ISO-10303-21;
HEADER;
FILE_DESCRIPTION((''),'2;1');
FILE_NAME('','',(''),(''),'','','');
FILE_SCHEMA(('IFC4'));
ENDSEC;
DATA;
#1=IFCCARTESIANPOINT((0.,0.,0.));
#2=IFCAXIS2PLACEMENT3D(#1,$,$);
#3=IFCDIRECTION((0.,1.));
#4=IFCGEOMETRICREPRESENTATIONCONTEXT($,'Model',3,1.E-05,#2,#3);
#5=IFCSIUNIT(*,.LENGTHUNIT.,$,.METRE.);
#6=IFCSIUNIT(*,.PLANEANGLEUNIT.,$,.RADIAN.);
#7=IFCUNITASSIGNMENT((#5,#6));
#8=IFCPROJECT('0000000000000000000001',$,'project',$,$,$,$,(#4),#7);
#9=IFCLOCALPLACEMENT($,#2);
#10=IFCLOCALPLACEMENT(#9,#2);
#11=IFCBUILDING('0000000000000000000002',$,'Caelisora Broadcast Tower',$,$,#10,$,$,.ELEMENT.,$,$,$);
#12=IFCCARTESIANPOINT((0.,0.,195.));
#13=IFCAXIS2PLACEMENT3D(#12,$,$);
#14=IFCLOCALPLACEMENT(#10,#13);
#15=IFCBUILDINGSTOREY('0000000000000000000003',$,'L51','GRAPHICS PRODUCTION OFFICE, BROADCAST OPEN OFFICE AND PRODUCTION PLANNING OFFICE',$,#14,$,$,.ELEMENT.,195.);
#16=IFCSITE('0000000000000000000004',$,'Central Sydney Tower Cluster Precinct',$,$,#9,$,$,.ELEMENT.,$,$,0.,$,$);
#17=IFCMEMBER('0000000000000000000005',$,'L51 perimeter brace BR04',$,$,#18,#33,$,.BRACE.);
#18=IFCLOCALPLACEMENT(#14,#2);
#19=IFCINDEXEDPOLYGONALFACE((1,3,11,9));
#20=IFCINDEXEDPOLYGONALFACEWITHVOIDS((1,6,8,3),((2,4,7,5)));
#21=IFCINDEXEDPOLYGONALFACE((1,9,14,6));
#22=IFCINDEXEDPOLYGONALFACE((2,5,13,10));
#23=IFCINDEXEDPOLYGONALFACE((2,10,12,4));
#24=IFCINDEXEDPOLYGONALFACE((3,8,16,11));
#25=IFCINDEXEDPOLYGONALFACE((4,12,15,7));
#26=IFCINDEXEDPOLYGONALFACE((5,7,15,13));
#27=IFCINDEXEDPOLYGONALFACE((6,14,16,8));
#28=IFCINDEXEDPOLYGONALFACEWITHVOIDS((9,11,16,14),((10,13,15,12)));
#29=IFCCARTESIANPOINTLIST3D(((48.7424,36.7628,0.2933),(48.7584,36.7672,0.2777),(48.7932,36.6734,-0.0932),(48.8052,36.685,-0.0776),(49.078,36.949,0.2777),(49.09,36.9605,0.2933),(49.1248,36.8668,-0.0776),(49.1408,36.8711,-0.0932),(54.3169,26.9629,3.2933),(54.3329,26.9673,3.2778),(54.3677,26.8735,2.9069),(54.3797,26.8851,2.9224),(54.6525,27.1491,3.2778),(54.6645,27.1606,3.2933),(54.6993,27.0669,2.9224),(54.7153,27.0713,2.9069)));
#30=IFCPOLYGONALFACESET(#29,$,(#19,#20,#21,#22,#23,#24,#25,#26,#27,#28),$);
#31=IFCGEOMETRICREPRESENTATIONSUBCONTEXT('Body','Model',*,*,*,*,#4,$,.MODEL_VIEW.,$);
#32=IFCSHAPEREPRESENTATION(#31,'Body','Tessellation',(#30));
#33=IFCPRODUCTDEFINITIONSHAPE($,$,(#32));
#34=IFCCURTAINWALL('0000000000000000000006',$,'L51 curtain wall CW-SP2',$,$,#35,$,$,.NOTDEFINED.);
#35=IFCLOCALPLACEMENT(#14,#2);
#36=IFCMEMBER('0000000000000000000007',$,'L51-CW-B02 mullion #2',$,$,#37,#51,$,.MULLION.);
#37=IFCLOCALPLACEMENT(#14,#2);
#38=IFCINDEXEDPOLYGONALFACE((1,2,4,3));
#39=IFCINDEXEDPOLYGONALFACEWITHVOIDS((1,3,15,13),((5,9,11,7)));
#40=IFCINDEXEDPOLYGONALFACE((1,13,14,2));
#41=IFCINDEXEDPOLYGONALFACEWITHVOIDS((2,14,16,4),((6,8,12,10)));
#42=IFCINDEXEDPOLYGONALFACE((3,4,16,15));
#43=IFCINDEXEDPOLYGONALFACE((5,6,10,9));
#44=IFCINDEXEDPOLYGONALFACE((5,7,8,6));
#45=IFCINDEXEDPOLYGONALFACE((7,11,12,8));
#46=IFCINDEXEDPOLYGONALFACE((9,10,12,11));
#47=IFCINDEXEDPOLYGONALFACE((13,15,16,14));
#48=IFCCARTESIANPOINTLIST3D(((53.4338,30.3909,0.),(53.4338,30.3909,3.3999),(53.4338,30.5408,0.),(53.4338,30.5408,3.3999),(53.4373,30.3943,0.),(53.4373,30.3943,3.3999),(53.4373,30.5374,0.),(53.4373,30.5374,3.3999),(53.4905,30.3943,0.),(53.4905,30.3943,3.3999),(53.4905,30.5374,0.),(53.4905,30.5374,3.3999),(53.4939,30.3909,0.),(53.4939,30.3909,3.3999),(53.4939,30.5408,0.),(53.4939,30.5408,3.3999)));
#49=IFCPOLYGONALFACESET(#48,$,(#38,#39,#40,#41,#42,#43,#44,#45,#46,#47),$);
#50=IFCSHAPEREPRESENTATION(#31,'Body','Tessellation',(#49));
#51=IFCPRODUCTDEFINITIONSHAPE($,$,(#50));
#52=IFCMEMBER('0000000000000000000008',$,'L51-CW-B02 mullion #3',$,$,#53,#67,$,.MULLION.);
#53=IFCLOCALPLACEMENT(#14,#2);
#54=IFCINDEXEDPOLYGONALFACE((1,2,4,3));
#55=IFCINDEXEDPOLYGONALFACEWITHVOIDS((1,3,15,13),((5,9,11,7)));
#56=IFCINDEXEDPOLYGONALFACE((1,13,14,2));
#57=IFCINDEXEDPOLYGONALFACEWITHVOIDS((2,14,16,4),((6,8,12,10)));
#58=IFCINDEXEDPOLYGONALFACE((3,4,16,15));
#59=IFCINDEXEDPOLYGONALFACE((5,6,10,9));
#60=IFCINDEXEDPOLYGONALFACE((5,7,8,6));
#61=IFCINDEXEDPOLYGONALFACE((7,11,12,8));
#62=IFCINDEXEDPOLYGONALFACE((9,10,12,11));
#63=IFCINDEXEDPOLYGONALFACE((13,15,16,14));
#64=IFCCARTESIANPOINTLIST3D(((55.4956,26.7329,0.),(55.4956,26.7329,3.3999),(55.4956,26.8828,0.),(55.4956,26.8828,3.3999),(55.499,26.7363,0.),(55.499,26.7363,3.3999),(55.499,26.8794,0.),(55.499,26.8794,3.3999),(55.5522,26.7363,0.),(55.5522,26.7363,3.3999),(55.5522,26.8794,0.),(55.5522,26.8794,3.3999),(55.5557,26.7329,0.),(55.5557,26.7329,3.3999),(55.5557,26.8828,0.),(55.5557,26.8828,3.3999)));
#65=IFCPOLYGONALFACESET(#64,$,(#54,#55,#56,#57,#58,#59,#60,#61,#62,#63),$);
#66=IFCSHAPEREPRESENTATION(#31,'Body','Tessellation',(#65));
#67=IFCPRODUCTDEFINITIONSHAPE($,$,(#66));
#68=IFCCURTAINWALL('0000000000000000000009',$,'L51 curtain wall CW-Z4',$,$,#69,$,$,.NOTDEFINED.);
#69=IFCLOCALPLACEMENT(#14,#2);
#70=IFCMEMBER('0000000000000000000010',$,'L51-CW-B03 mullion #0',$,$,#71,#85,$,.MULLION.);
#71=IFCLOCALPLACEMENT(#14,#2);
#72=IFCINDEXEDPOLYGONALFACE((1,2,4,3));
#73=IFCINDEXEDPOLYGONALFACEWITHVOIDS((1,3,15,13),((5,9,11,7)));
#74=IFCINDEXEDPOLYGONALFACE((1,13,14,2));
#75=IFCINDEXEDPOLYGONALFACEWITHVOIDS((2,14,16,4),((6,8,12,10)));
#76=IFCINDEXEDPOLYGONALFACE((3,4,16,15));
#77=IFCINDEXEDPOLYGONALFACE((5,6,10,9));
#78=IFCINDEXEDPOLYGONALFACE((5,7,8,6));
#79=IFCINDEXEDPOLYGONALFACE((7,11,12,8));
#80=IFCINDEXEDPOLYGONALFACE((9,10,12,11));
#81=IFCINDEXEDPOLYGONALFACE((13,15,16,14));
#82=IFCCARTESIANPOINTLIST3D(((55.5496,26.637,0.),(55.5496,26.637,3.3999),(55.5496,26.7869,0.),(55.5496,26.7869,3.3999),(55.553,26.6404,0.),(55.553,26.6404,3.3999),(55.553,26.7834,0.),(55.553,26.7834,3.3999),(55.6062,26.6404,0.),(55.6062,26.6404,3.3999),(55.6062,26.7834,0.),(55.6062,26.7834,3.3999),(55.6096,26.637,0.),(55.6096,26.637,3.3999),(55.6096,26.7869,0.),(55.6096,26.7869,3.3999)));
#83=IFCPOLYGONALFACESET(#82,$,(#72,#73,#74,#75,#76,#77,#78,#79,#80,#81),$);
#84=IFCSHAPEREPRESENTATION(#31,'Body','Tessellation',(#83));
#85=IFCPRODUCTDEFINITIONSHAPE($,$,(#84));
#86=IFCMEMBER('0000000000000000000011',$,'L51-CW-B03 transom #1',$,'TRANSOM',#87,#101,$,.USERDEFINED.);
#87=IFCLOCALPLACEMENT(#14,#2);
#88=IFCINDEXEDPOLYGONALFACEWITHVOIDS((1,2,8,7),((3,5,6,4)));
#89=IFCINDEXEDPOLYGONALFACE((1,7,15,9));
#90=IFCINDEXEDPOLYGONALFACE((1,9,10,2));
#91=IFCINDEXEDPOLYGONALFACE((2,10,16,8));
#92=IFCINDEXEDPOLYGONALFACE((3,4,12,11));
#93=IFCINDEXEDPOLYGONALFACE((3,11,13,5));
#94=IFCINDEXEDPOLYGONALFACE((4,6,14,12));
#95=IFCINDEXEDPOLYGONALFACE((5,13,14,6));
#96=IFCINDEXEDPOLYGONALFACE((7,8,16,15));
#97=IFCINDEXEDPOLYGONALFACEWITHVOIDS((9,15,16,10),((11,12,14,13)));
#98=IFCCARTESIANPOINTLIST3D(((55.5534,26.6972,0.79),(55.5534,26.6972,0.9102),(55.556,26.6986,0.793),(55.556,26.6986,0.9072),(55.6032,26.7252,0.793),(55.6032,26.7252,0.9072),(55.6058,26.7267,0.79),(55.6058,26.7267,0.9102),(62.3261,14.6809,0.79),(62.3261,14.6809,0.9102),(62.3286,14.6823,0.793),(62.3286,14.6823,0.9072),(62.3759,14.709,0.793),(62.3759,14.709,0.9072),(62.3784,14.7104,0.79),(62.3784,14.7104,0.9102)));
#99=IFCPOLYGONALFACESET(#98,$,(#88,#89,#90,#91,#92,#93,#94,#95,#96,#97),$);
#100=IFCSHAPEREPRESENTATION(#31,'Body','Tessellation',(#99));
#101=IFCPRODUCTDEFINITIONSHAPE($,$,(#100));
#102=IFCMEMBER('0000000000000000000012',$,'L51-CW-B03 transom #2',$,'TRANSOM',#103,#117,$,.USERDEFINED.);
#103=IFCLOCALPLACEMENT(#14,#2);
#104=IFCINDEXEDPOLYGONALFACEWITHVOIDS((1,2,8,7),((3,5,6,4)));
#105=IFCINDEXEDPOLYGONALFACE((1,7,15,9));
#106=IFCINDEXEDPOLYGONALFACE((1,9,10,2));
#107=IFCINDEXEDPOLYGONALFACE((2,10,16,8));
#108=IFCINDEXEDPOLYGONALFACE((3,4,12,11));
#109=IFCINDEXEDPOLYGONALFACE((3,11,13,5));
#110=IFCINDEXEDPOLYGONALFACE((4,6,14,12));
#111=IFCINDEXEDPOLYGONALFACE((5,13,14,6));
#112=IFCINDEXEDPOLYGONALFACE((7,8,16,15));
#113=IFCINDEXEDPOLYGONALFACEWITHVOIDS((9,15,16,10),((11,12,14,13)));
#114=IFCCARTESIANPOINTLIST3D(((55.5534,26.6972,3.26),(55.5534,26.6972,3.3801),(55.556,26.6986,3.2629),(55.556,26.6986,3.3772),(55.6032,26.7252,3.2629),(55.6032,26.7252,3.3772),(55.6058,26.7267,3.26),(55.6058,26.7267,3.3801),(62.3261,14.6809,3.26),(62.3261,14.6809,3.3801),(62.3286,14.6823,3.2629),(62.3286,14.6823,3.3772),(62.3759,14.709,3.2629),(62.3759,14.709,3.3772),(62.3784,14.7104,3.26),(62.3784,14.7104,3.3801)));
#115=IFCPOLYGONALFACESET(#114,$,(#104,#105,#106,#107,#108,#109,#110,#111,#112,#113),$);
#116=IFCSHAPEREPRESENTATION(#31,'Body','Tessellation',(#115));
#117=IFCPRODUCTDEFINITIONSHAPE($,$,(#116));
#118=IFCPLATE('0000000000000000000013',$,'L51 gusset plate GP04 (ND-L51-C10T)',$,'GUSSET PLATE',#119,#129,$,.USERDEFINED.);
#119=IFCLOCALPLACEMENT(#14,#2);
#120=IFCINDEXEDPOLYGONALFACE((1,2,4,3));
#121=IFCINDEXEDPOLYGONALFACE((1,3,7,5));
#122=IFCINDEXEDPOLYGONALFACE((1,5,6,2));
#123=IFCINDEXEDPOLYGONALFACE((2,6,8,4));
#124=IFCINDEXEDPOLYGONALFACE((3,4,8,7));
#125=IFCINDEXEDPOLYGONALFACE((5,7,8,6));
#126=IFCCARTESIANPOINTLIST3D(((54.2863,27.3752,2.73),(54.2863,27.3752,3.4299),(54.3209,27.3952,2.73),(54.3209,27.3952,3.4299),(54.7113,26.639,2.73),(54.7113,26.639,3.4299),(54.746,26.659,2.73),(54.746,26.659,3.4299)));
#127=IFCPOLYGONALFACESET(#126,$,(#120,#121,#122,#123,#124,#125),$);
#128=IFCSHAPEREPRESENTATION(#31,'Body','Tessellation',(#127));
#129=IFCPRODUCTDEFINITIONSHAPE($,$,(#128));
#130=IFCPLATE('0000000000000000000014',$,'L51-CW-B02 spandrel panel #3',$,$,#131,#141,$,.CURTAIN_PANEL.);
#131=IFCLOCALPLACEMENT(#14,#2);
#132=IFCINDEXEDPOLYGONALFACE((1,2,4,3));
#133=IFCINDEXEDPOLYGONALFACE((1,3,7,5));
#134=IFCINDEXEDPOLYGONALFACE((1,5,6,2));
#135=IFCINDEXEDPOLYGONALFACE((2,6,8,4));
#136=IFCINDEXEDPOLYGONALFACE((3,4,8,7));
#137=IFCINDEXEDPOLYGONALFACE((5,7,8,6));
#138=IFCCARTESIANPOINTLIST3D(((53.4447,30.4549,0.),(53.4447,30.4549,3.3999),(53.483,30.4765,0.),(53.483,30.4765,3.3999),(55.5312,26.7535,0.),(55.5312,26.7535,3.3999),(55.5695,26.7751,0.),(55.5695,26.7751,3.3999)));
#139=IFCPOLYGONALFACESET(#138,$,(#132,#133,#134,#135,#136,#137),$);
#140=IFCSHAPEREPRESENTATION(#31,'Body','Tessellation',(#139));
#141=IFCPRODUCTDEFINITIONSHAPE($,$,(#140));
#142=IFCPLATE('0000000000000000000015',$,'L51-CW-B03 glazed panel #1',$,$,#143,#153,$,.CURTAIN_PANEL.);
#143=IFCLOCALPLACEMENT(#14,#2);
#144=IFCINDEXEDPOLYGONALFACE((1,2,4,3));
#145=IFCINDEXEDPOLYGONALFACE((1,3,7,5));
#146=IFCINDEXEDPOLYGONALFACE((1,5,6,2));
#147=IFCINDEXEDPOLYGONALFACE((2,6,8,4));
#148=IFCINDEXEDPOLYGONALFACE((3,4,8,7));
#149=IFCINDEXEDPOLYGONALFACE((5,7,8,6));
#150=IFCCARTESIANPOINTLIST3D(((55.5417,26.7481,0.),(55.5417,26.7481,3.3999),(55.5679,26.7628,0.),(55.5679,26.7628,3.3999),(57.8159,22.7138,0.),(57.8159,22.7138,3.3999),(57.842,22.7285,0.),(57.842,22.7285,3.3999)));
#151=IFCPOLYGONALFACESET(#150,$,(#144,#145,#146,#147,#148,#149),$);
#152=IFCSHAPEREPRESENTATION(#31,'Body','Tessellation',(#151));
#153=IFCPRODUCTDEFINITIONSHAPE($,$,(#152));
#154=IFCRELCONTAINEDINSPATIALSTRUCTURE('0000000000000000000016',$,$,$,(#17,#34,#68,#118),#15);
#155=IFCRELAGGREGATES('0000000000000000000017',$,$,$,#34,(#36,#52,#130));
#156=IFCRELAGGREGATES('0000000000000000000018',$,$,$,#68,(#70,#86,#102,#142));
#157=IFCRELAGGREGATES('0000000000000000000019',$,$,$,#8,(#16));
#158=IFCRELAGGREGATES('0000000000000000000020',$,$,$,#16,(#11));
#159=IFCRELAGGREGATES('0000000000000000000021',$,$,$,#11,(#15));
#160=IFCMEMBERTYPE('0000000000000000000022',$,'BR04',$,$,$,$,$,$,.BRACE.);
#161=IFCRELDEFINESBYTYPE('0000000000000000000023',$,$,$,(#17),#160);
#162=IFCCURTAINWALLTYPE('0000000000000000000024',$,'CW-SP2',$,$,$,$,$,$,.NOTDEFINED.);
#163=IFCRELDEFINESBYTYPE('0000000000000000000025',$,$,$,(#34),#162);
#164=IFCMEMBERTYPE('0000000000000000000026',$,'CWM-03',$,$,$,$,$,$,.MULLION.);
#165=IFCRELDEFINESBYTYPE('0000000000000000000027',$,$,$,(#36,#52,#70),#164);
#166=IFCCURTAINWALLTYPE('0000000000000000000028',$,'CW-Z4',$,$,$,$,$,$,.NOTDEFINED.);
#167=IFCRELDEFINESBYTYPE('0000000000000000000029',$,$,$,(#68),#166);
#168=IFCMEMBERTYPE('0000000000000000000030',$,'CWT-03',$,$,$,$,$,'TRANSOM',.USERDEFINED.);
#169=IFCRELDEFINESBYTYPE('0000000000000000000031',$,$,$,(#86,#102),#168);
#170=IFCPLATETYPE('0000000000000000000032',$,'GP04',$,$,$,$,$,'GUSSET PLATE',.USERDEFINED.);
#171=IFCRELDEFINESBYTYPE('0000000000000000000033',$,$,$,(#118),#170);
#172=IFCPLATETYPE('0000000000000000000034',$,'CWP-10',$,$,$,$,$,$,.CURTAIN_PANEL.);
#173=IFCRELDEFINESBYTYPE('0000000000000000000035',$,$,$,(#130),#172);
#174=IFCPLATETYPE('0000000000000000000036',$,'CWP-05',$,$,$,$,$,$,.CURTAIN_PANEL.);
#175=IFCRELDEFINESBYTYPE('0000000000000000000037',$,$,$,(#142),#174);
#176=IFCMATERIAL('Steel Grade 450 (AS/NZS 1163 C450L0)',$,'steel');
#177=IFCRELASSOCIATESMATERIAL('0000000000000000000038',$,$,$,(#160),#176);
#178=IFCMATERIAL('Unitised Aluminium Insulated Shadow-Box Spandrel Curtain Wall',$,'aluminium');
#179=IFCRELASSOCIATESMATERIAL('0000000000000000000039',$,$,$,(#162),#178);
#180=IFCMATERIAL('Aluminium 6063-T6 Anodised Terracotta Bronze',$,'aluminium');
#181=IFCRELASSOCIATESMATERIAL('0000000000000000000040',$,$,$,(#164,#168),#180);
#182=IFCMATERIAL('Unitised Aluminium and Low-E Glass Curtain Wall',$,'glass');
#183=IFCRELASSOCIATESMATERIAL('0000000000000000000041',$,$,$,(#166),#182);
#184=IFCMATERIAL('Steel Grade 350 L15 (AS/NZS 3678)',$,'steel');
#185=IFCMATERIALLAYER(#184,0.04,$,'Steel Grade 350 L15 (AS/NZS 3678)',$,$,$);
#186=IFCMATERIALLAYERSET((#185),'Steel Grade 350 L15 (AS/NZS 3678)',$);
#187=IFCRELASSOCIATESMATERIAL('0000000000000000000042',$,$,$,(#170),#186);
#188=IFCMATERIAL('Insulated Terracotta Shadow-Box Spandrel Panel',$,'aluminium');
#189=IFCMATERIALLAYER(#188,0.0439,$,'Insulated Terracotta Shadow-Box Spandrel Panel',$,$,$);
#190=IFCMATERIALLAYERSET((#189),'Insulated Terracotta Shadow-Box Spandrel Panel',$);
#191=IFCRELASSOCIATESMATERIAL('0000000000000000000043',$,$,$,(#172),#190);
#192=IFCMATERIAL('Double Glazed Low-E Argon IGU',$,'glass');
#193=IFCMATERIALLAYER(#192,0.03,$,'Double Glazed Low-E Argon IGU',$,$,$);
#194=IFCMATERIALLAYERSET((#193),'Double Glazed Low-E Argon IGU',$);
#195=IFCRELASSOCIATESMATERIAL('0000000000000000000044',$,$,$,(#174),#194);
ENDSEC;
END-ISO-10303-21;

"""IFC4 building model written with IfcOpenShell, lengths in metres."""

from ifc_helpers import new_model, si_unit, direction, frame, origin, origin_2d, place, context, subcontext, project, spatial, rectangle, hollow_rectangle, extrude, source, transform, mapped, material, layer, layer_set, material_profile, profile_set, type_object, type_shapes, element, aggregate, save


model = new_model("IFC4")

# Units and contexts
model_context = context("Model", 3, precision=1e-05, world=origin(), true_north=direction((0.0, 1.0)))
body_context = subcontext(model_context, "Body", "Model", "MODEL_VIEW")
ifc_project = project(units=[si_unit("LENGTHUNIT", "METRE"), si_unit("PLANEANGLEUNIT", "RADIAN")], contexts=[model_context])

# Site, building, storey
site_placement = place(None, origin())
site = spatial("IfcSite", under=ifc_project, at=site_placement, Name="Central Sydney Tower Cluster Precinct", CompositionType="ELEMENT", RefElevation=0.0)
building_placement = place(site_placement, origin())
building = spatial("IfcBuilding", under=site, at=building_placement, Name="Caelisora Broadcast Tower", CompositionType="ELEMENT")
storey_placement = place(building_placement, frame((0.0, 0.0, 195.0)))
storey = spatial("IfcBuildingStorey", under=building, at=storey_placement, Name="L51", Description="GRAPHICS PRODUCTION OFFICE, BROADCAST OPEN OFFICE AND PRODUCTION PLANNING OFFICE", CompositionType="ELEMENT", Elevation=195.0)

# Shared definitions
ifc_material_1 = material(Name="Steel Grade 350 L15 (AS/NZS 3678)", Category="steel")

# Member
ifc_material_2 = material(Name="Steel Grade 450 (AS/NZS 1163 C450L0)", Category="steel")
ifc_material_profile_1 = material_profile(ifc_material_2, hollow_rectangle(XDim=0.3999, YDim=0.3999, WallThickness=0.0161, at=origin_2d()), Name="Steel Grade 450 (AS/NZS 1163 C450L0)")
ifc_profile_set_1 = profile_set([ifc_material_profile_1], Name="Steel Grade 450 (AS/NZS 1163 C450L0)")
member_type_1 = type_object("IfcMemberType", Name="BR04", PredefinedType="BRACE", material=ifc_profile_set_1)
shared_shape_1 = source(origin(), body_context, "Body", "SweptSolid", [
    extrude(hollow_rectangle(XDim=0.3999, YDim=0.3999, WallThickness=0.0161, at=origin_2d()), origin(), (0.0, 0.0, 1.0), 11.6667),
])
type_shapes(member_type_1, [shared_shape_1])
member_1_placement = place(storey_placement, frame((54.5161, 27.0171, 3.1001), z_axis=(-0.477812, 0.839984, -0.257143), x_axis=(-0.869213, -0.494438, 0.0)))
element("IfcMember", 1, at=member_1_placement, inside=storey, type_object=member_type_1, Name="L51 perimeter brace BR04", PredefinedType="BRACE", context=body_context, shape_type="MappedRepresentation", body=[
    mapped(shared_shape_1, transform((0.0, 0.0, 0.0), scale=1.0)),
])

# Curtain walls, members
ifc_material_3 = material(Name="Unitised Aluminium Insulated Shadow-Box Spandrel Curtain Wall", Category="aluminium")
curtain_wall_type_1 = type_object("IfcCurtainWallType", Name="CW-SP2", PredefinedType="NOTDEFINED", material=ifc_material_3)
curtain_wall_1_placement = place(storey_placement, origin())
curtain_wall_1 = element("IfcCurtainWall", 2, at=curtain_wall_1_placement, inside=storey, type_object=curtain_wall_type_1, Name="L51 curtain wall CW-SP2", PredefinedType="NOTDEFINED")
ifc_material_4 = material(Name="Aluminium 6063-T6 Anodised Terracotta Bronze", Category="aluminium")
ifc_material_profile_2 = material_profile(ifc_material_4, hollow_rectangle(XDim=0.0601, YDim=0.1499, WallThickness=0.0034, at=origin_2d()), Name="Aluminium 6063-T6 Anodised Terracotta Bronze")
ifc_profile_set_2 = profile_set([ifc_material_profile_2], Name="Aluminium 6063-T6 Anodised Terracotta Bronze")
member_type_2 = type_object("IfcMemberType", Name="CWM-03", PredefinedType="MULLION", material=ifc_profile_set_2)
shared_shape_2 = source(origin(), body_context, "Body", "SweptSolid", [
    extrude(hollow_rectangle(XDim=0.0601, YDim=0.1499, WallThickness=0.0034, at=origin_2d()), origin(), (0.0, 0.0, 1.0), 3.3999),
])
type_shapes(member_type_2, [shared_shape_2])
member_2_placement = place(storey_placement, frame((53.4639, 30.4658, 0.0), z_axis=(0.0, 0.0, 1.0), x_axis=(1.0, 0.0, 0.0)))
member_2 = element("IfcMember", 3, at=member_2_placement, type_object=member_type_2, Name="L51-CW-B02 mullion #2", PredefinedType="MULLION", context=body_context, shape_type="MappedRepresentation", body=[
    mapped(shared_shape_2, transform((0.0, 0.0, 0.0), scale=1.0)),
])
member_3_placement = place(storey_placement, frame((55.5256, 26.8079, 0.0), z_axis=(0.0, 0.0, 1.0), x_axis=(1.0, 0.0, 0.0)))
member_3 = element("IfcMember", 4, at=member_3_placement, type_object=member_type_2, Name="L51-CW-B02 mullion #3", PredefinedType="MULLION", context=body_context, shape_type="MappedRepresentation", body=[
    mapped(shared_shape_2, transform((0.0, 0.0, 0.0), scale=1.0)),
])
ifc_material_5 = material(Name="Unitised Aluminium and Low-E Glass Curtain Wall", Category="glass")
curtain_wall_type_2 = type_object("IfcCurtainWallType", Name="CW-Z4", PredefinedType="NOTDEFINED", material=ifc_material_5)
curtain_wall_2_placement = place(storey_placement, origin())
curtain_wall_2 = element("IfcCurtainWall", 5, at=curtain_wall_2_placement, inside=storey, type_object=curtain_wall_type_2, Name="L51 curtain wall CW-Z4", PredefinedType="NOTDEFINED")
member_4_placement = place(storey_placement, frame((55.5796, 26.7119, 0.0), z_axis=(0.0, 0.0, 1.0), x_axis=(1.0, 0.0, 0.0)))
member_4 = element("IfcMember", 6, at=member_4_placement, type_object=member_type_2, Name="L51-CW-B03 mullion #0", PredefinedType="MULLION", context=body_context, shape_type="MappedRepresentation", body=[
    mapped(shared_shape_2, transform((0.0, 0.0, 0.0), scale=1.0)),
])
ifc_material_profile_3 = material_profile(ifc_material_4, hollow_rectangle(XDim=0.0601, YDim=0.1201, WallThickness=0.0029, at=origin_2d()), Name="Aluminium 6063-T6 Anodised Terracotta Bronze")
ifc_profile_set_3 = profile_set([ifc_material_profile_3], Name="Aluminium 6063-T6 Anodised Terracotta Bronze")
member_type_3 = type_object("IfcMemberType", Name="CWT-03", ElementType="TRANSOM", PredefinedType="USERDEFINED", material=ifc_profile_set_3)
shared_shape_3 = source(origin(), body_context, "Body", "SweptSolid", [
    extrude(hollow_rectangle(XDim=0.0601, YDim=0.1201, WallThickness=0.0029, at=origin_2d()), origin(), (0.0, 0.0, 1.0), 13.7935),
])
type_shapes(member_type_3, [shared_shape_3])
member_5_placement = place(storey_placement, frame((55.5796, 26.7119, 0.8501), z_axis=(0.491005, -0.871157, 0.0), x_axis=(0.871157, 0.491005, 0.0)))
member_5 = element("IfcMember", 7, at=member_5_placement, type_object=member_type_3, Name="L51-CW-B03 transom #1", ObjectType="TRANSOM", PredefinedType="USERDEFINED", context=body_context, shape_type="MappedRepresentation", body=[
    mapped(shared_shape_3, transform((0.0, 0.0, 0.0), scale=1.0)),
])
member_6_placement = place(storey_placement, frame((55.5796, 26.7119, 3.3201), z_axis=(0.491005, -0.871157, 0.0), x_axis=(0.871157, 0.491005, 0.0)))
member_6 = element("IfcMember", 8, at=member_6_placement, type_object=member_type_3, Name="L51-CW-B03 transom #2", ObjectType="TRANSOM", PredefinedType="USERDEFINED", context=body_context, shape_type="MappedRepresentation", body=[
    mapped(shared_shape_3, transform((0.0, 0.0, 0.0), scale=1.0)),
])

# Plates
ifc_layer_1 = layer(ifc_material_1, 0.04, Name="Steel Grade 350 L15 (AS/NZS 3678)")
ifc_layer_set_1 = layer_set([ifc_layer_1], Name="Steel Grade 350 L15 (AS/NZS 3678)")
plate_type_1 = type_object("IfcPlateType", Name="GP04", ElementType="GUSSET PLATE", PredefinedType="USERDEFINED", material=ifc_layer_set_1)
shared_shape_4 = source(origin(), body_context, "Body", "SweptSolid", [
    extrude(rectangle(XDim=0.8501, YDim=0.04, at=origin_2d()), origin(), (0.0, 0.0, 1.0), 0.7),
])
type_shapes(plate_type_1, [shared_shape_4])
plate_1_placement = place(storey_placement, frame((54.5161, 27.0171, 2.73), z_axis=(0.0, 0.0, 1.0), x_axis=(-0.5, 0.866025, 0.0)))
element("IfcPlate", 9, at=plate_1_placement, inside=storey, type_object=plate_type_1, Name="L51 gusset plate GP04 (ND-L51-C10T)", ObjectType="GUSSET PLATE", PredefinedType="USERDEFINED", context=body_context, shape_type="MappedRepresentation", body=[
    mapped(shared_shape_4, transform((0.0, 0.0, 0.0), scale=1.0)),
])
ifc_material_6 = material(Name="Insulated Terracotta Shadow-Box Spandrel Panel", Category="aluminium")
ifc_layer_2 = layer(ifc_material_6, 0.0439, Name="Insulated Terracotta Shadow-Box Spandrel Panel")
ifc_layer_set_2 = layer_set([ifc_layer_2], Name="Insulated Terracotta Shadow-Box Spandrel Panel")
plate_type_2 = type_object("IfcPlateType", Name="CWP-10", PredefinedType="CURTAIN_PANEL", material=ifc_layer_set_2)
shared_shape_5 = source(origin(), body_context, "Body", "SweptSolid", [
    extrude(rectangle(XDim=4.249, YDim=0.0439, at=origin_2d()), origin(), (0.0, 0.0, 1.0), 3.3999),
])
type_shapes(plate_type_2, [shared_shape_5])
plate_2_placement = place(storey_placement, frame((54.5071, 28.615, 0.0), z_axis=(0.0, 0.0, 1.0), x_axis=(0.491056, -0.871128, 0.0)))
plate_2 = element("IfcPlate", 10, at=plate_2_placement, type_object=plate_type_2, Name="L51-CW-B02 spandrel panel #3", PredefinedType="CURTAIN_PANEL", context=body_context, shape_type="MappedRepresentation", body=[
    mapped(shared_shape_5, transform((0.0, 0.0, 0.0), scale=1.0)),
])
aggregate(curtain_wall_1, [member_2, member_3, plate_2])
ifc_material_7 = material(Name="Double Glazed Low-E Argon IGU", Category="glass")
ifc_layer_3 = layer(ifc_material_7, 0.03, Name="Double Glazed Low-E Argon IGU")
ifc_layer_set_3 = layer_set([ifc_layer_3], Name="Double Glazed Low-E Argon IGU")
plate_type_3 = type_object("IfcPlateType", Name="CWP-05", PredefinedType="CURTAIN_PANEL", material=ifc_layer_set_3)
shared_shape_6 = source(origin(), body_context, "Body", "SweptSolid", [
    extrude(rectangle(XDim=4.6311, YDim=0.03, at=origin_2d()), origin(), (0.0, 0.0, 1.0), 3.3999),
])
type_shapes(plate_type_3, [shared_shape_6])
plate_3_placement = place(storey_placement, frame((56.6919, 24.7383, 0.0), z_axis=(0.0, 0.0, 1.0), x_axis=(0.491056, -0.871128, 0.0)))
plate_3 = element("IfcPlate", 11, at=plate_3_placement, type_object=plate_type_3, Name="L51-CW-B03 glazed panel #1", PredefinedType="CURTAIN_PANEL", context=body_context, shape_type="MappedRepresentation", body=[
    mapped(shared_shape_6, transform((0.0, 0.0, 0.0), scale=1.0)),
])
aggregate(curtain_wall_2, [member_4, member_5, member_6, plate_3])

save(model, "model.ifc")
